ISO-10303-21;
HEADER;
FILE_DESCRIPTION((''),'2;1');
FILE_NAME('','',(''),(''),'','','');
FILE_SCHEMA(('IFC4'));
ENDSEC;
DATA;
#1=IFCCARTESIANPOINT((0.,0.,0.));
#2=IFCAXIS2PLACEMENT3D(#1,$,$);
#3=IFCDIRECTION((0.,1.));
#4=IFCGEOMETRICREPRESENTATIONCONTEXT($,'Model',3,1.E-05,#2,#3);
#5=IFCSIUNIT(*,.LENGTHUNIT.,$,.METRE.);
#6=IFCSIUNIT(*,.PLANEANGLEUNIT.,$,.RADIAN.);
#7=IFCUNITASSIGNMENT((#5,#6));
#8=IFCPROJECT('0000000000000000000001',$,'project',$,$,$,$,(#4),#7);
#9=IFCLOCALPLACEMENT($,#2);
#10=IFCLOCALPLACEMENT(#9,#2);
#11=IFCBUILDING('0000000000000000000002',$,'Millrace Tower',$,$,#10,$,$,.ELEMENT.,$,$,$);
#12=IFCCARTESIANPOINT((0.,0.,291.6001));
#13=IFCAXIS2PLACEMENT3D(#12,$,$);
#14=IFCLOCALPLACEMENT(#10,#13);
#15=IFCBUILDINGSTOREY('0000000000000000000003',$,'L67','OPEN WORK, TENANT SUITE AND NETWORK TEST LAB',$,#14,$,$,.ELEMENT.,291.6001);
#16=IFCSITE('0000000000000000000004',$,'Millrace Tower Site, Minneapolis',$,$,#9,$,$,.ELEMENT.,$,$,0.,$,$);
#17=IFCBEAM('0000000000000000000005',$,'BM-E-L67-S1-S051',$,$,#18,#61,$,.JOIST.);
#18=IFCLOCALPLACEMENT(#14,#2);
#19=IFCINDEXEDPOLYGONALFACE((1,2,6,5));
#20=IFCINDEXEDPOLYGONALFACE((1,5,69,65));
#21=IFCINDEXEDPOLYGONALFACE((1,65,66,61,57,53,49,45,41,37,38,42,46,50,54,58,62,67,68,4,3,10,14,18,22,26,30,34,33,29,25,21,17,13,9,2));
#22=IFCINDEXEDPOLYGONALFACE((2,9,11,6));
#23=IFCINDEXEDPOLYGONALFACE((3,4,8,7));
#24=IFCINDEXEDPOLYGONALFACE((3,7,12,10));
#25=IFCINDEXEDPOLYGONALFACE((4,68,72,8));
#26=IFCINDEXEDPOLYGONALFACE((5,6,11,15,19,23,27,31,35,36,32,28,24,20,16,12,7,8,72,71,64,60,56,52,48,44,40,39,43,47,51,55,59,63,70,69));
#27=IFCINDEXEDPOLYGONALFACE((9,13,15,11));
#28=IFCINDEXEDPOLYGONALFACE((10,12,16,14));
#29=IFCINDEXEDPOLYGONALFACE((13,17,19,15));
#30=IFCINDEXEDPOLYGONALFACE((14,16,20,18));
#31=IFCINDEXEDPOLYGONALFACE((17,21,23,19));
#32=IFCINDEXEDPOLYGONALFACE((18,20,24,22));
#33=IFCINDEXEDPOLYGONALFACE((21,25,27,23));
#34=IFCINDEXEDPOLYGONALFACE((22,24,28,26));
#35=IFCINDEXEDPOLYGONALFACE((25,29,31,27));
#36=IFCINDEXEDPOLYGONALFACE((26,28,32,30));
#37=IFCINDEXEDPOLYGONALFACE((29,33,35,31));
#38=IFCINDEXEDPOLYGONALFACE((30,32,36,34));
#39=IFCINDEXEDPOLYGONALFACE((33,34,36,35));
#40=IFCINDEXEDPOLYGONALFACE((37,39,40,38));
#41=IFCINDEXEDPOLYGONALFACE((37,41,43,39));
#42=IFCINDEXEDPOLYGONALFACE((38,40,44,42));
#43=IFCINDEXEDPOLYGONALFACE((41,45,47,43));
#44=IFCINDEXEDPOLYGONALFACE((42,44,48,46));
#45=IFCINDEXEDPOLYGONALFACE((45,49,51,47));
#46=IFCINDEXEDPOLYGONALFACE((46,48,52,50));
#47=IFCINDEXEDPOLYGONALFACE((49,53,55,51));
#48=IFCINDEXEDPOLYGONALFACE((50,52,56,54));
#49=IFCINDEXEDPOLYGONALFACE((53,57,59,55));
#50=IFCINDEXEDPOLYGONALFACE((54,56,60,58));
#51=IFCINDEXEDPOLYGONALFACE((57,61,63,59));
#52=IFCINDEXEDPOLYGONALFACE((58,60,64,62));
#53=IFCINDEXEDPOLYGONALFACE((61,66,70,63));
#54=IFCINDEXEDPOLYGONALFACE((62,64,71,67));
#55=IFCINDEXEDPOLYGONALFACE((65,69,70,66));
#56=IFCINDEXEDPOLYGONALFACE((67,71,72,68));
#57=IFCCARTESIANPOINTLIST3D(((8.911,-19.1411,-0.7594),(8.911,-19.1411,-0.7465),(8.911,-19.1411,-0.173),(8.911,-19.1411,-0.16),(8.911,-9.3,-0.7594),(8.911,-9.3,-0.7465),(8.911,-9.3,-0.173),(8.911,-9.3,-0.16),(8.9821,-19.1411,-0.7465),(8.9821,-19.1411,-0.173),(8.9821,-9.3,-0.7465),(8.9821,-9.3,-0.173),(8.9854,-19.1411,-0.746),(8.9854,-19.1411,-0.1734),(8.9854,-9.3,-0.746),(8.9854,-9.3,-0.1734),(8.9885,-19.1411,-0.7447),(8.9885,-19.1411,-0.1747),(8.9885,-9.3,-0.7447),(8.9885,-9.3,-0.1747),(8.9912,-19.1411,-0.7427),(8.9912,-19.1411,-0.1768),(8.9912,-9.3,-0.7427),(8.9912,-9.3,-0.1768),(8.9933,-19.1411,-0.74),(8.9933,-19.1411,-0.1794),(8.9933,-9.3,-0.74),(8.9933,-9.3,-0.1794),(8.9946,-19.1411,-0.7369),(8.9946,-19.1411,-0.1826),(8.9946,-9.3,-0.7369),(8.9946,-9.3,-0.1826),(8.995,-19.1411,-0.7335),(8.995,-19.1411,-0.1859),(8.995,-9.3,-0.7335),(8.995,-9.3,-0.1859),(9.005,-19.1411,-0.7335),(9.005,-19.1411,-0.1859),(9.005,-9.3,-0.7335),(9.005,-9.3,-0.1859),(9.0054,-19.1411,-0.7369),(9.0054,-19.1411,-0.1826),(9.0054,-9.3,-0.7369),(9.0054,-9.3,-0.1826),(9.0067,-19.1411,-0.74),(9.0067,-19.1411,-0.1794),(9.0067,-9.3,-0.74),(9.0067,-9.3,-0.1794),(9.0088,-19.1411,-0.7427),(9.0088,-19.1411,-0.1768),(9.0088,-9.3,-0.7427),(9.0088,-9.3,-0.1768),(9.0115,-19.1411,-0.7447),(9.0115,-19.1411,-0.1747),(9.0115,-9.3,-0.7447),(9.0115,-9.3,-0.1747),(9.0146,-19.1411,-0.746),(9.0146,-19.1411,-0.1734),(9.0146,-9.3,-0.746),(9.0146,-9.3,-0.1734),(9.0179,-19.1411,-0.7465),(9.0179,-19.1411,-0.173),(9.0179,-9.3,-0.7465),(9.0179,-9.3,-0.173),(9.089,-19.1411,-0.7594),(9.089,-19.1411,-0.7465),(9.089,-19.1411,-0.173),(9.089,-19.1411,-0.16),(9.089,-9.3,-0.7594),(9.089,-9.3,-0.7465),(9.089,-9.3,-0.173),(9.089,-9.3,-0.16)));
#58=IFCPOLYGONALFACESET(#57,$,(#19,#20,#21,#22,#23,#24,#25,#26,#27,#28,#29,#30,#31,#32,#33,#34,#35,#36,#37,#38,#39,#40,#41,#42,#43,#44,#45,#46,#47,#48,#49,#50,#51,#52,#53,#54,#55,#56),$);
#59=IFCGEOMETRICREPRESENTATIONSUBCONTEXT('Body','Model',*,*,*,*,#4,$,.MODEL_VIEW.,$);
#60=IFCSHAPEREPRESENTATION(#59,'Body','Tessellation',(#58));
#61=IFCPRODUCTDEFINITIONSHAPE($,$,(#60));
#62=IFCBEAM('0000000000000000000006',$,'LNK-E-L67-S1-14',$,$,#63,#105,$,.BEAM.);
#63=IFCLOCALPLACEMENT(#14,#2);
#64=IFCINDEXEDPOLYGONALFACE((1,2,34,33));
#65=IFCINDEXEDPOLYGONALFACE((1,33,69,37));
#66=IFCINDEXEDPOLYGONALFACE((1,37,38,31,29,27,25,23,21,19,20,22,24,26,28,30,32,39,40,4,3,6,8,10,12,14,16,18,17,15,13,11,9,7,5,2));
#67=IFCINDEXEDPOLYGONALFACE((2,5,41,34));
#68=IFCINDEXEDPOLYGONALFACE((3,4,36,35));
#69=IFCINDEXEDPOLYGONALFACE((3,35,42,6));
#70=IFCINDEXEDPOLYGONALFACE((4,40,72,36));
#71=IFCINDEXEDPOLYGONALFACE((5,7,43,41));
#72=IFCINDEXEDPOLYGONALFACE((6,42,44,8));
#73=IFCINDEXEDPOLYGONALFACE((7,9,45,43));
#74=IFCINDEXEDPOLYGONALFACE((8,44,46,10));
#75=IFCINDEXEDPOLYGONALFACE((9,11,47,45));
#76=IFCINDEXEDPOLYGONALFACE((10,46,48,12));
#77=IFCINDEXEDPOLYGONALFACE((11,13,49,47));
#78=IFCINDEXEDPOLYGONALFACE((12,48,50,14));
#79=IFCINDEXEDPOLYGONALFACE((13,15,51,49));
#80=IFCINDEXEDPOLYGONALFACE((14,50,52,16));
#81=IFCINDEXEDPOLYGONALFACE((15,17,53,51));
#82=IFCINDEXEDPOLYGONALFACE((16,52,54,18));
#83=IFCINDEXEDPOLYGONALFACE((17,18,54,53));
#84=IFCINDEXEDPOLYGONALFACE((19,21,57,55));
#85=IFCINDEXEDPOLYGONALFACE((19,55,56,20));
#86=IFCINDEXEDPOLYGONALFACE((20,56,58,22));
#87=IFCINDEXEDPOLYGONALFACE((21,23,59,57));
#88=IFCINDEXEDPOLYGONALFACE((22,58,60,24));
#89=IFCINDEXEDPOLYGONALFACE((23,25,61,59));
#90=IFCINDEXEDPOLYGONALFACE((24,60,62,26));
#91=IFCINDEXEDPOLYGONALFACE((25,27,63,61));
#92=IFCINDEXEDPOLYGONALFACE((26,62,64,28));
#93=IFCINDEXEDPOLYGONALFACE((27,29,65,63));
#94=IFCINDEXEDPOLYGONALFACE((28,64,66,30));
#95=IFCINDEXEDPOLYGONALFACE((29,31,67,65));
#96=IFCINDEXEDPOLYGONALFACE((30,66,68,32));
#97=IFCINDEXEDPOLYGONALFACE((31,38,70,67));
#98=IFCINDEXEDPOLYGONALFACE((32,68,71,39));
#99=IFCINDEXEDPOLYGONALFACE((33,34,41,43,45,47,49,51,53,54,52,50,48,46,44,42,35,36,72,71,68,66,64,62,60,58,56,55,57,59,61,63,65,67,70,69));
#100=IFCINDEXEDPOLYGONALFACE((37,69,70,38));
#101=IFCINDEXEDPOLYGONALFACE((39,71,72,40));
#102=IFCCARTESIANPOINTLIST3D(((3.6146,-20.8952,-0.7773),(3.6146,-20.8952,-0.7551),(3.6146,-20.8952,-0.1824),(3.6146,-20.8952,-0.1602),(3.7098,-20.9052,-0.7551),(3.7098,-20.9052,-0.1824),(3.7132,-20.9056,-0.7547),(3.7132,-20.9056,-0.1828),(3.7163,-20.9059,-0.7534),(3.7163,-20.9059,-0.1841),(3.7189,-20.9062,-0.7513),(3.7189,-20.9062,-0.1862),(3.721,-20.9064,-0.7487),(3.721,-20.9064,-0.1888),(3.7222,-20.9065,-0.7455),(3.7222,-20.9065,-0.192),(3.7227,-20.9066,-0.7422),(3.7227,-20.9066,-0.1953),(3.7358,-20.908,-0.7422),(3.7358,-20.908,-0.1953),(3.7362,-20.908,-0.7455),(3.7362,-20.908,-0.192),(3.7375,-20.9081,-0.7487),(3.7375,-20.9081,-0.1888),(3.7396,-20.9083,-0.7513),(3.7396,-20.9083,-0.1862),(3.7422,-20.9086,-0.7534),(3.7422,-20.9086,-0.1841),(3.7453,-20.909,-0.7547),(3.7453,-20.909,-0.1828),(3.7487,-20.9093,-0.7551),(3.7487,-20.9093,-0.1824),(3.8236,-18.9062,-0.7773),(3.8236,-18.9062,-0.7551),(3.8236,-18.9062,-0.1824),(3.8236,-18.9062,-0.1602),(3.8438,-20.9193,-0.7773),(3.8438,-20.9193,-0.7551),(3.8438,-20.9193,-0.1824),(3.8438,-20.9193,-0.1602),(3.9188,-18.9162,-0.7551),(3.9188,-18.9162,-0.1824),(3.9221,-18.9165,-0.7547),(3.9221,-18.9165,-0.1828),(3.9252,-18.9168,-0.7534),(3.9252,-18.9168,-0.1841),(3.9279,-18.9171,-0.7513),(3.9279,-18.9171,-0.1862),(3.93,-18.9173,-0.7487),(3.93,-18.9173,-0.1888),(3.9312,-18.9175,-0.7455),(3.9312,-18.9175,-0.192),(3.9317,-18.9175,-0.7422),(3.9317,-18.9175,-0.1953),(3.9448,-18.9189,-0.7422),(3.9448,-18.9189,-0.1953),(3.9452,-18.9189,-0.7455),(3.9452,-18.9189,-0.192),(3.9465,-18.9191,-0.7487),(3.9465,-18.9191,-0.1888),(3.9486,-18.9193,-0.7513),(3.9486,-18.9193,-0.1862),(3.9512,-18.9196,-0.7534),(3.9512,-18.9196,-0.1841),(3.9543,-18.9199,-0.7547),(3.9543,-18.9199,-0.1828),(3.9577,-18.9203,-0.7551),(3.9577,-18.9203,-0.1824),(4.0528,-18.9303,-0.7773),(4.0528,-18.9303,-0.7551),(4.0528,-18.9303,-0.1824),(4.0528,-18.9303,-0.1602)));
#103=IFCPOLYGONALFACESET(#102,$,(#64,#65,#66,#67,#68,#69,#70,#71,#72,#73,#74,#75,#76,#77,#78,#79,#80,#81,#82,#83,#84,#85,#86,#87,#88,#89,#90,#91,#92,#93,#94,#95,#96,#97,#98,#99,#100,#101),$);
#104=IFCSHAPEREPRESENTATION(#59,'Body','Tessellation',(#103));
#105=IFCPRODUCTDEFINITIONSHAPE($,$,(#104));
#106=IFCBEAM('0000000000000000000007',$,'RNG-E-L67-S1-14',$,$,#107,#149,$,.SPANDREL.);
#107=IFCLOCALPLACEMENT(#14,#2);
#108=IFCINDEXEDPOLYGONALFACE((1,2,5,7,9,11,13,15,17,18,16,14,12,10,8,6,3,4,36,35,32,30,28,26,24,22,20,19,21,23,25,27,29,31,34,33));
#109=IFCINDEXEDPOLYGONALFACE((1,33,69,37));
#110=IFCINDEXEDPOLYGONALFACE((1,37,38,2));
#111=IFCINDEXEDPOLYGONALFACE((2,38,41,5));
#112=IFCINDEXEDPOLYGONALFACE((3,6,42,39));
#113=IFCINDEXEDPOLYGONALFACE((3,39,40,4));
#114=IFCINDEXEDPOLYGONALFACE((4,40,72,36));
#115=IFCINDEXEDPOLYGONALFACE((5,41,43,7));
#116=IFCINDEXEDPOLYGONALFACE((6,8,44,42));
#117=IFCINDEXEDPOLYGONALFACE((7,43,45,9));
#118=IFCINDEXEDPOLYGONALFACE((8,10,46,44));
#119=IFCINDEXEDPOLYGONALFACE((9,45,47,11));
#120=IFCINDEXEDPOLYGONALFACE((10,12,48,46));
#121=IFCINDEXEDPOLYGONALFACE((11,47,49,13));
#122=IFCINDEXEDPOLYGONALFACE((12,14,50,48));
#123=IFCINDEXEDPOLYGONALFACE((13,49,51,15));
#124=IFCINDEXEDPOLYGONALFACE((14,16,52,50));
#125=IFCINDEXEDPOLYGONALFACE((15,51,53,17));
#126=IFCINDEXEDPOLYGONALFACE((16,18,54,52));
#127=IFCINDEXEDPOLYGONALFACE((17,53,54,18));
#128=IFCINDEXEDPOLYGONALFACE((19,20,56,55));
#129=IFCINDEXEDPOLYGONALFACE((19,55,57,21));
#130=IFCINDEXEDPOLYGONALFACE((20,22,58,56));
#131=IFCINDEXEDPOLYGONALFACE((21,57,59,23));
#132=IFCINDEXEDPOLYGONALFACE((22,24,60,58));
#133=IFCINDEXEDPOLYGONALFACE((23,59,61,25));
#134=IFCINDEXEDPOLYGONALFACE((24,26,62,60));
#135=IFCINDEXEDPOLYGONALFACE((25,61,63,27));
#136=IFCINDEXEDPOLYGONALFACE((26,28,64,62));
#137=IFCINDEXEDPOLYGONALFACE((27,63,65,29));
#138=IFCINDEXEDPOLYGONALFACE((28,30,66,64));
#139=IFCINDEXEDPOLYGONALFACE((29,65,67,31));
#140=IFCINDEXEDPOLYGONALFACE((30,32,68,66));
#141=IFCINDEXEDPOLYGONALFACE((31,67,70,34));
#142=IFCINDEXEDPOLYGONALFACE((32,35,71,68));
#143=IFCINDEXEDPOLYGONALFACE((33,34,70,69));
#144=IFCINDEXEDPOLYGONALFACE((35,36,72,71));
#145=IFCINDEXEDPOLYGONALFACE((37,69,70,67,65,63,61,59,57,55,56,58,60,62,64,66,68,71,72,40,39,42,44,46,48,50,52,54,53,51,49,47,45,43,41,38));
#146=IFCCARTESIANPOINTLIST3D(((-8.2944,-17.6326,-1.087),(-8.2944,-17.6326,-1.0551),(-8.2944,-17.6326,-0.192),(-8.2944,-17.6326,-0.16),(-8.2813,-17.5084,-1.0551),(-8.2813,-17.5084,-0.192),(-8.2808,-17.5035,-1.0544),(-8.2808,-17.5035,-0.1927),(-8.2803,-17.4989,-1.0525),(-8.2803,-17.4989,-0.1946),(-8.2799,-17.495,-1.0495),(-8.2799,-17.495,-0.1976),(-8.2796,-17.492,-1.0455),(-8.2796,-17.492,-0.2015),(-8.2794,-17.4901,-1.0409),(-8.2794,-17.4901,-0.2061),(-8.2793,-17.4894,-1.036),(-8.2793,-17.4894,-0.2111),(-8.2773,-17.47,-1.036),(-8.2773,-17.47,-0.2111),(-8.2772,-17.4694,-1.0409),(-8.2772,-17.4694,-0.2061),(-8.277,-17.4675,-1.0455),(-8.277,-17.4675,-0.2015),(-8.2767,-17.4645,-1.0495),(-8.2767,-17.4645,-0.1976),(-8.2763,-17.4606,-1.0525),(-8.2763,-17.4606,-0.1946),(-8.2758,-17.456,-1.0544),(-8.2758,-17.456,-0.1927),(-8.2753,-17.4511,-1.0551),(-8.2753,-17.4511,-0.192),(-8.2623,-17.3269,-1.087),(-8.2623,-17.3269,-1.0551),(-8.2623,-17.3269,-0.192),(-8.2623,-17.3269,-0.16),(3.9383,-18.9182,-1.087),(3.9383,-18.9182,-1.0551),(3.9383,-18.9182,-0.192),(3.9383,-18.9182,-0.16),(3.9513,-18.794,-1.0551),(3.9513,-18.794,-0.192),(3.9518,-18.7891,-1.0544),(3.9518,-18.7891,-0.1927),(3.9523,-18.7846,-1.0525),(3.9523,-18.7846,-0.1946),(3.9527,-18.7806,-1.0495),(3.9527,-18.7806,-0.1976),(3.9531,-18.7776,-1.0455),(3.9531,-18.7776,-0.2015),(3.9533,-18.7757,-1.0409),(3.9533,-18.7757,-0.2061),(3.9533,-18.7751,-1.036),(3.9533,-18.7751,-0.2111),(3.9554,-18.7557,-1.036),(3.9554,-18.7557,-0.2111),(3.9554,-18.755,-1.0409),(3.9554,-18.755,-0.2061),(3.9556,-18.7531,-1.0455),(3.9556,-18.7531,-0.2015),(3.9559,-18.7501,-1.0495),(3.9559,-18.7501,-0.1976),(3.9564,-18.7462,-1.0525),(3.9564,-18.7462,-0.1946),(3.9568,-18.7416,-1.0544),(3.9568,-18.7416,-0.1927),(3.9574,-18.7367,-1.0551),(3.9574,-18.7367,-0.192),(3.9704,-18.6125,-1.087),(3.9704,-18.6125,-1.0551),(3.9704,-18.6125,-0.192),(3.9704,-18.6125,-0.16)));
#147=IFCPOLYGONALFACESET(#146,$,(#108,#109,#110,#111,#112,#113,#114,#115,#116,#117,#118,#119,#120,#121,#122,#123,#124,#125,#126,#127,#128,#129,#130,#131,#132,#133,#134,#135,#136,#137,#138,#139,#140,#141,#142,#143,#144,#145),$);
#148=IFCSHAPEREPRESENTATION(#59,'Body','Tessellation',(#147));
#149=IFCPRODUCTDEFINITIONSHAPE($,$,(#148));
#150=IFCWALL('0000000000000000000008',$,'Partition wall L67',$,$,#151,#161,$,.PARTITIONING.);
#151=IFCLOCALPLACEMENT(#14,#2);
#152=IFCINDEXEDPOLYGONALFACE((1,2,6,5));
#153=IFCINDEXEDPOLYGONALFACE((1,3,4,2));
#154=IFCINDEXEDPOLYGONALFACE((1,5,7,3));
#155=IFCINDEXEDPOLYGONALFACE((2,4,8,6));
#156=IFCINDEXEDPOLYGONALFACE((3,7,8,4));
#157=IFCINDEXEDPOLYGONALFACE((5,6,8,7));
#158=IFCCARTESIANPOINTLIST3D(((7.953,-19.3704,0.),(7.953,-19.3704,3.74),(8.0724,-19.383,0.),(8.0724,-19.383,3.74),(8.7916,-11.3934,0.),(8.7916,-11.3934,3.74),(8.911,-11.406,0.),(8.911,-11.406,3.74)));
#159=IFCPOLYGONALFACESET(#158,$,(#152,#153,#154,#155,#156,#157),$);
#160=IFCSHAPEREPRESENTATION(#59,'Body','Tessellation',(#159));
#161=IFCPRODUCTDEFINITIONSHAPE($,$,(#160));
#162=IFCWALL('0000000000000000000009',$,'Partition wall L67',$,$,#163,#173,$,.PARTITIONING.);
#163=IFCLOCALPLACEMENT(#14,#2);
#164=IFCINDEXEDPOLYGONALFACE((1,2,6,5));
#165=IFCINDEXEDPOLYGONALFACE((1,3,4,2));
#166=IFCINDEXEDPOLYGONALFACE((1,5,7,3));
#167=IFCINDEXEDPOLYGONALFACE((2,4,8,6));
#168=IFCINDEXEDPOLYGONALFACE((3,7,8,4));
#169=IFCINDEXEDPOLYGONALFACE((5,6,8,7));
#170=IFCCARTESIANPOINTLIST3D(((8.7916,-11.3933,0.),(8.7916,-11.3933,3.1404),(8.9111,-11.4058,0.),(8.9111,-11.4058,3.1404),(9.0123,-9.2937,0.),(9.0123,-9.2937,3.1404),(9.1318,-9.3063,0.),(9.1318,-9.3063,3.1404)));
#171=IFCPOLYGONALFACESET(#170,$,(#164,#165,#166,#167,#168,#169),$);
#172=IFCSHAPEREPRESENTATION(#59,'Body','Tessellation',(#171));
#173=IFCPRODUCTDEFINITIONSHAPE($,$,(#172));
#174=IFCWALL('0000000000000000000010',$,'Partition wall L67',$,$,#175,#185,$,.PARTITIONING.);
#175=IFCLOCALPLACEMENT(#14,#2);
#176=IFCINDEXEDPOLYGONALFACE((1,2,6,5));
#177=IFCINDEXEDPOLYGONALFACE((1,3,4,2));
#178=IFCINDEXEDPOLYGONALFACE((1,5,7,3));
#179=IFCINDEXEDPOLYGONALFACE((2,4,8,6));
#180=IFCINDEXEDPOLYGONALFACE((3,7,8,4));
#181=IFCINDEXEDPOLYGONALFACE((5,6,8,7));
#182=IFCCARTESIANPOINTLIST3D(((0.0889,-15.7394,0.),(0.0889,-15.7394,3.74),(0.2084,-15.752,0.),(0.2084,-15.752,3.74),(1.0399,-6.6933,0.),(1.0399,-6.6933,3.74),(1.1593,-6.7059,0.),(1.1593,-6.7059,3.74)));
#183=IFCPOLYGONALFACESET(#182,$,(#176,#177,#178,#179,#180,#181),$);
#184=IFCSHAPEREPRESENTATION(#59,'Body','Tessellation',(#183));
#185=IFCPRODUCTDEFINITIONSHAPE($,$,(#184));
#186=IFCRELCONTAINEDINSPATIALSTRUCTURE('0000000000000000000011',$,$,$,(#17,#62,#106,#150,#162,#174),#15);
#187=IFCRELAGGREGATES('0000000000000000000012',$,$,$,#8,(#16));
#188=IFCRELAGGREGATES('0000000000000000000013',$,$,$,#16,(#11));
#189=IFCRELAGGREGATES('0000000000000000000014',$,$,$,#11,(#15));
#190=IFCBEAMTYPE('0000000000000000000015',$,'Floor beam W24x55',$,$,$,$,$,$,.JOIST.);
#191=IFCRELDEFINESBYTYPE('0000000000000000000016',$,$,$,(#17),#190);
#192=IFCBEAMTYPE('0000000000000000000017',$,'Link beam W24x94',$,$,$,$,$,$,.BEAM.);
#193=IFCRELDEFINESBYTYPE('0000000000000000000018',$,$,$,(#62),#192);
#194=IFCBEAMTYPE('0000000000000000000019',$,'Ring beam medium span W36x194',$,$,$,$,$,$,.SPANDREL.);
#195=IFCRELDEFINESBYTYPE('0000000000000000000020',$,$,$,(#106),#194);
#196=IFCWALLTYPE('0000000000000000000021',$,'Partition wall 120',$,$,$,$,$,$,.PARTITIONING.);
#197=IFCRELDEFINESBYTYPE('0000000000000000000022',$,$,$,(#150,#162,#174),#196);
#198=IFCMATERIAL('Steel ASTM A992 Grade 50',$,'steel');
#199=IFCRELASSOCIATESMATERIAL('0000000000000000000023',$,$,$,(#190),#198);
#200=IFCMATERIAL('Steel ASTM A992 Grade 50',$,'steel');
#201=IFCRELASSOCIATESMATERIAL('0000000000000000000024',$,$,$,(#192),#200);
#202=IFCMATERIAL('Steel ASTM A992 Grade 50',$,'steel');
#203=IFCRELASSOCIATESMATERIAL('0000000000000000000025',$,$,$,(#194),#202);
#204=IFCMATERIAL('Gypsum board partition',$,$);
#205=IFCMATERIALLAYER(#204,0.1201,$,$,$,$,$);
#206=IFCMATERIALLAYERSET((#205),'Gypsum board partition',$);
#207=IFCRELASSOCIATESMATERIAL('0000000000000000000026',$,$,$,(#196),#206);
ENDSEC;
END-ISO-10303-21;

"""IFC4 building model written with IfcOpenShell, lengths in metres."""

from ifc_helpers import new_model, si_unit, direction, frame, frame_2d, origin, origin_2d, place, context, subcontext, project, spatial, rectangle, i_section, extrude, material, layer, layer_set, material_profile, profile_set, type_object, element, save


model = new_model("IFC4")

# Units and contexts
model_context = context("Model", 3, precision=1e-05, world=origin(), true_north=direction((0.0, 1.0)))
body_context = subcontext(model_context, "Body", "Model", "MODEL_VIEW")
ifc_project = project(units=[si_unit("LENGTHUNIT", "METRE"), si_unit("PLANEANGLEUNIT", "RADIAN")], contexts=[model_context])

# Site, building, storey
site_placement = place(None, origin())
site = spatial("IfcSite", under=ifc_project, at=site_placement, Name="Millrace Tower Site, Minneapolis", CompositionType="ELEMENT", RefElevation=0.0)
building_placement = place(site_placement, origin())
building = spatial("IfcBuilding", under=site, at=building_placement, Name="Millrace Tower", CompositionType="ELEMENT")
storey_placement = place(building_placement, frame((0.0, 0.0, 291.6001)))
storey = spatial("IfcBuildingStorey", under=building, at=storey_placement, Name="L67", Description="OPEN WORK, TENANT SUITE AND NETWORK TEST LAB", CompositionType="ELEMENT", Elevation=291.6001)

# Beams
ifc_material_1 = material(Name="Steel ASTM A992 Grade 50", Category="steel")
ifc_material_profile_1 = material_profile(ifc_material_1, i_section(OverallWidth=0.178, OverallDepth=0.5994, WebThickness=0.01, FlangeThickness=0.0129, FilletRadius=0.0129, at=origin_2d()))
ifc_profile_set_1 = profile_set([ifc_material_profile_1], Name="Steel ASTM A992 Grade 50")
beam_type_1 = type_object("IfcBeamType", Name="Floor beam W24x55", PredefinedType="JOIST", material=ifc_profile_set_1)
beam_1_placement = place(storey_placement, frame((9.0, -19.1411, -0.4597), z_axis=(0.0, 1.0, 0.0), x_axis=(-1.0, 0.0, 0.0)))
element("IfcBeam", 1, at=beam_1_placement, inside=storey, type_object=beam_type_1, Name="BM-E-L67-S1-S051", PredefinedType="JOIST", context=body_context, shape_type="SweptSolid", body=[
    extrude(i_section(OverallWidth=0.178, OverallDepth=0.5994, WebThickness=0.01, FlangeThickness=0.0129, FilletRadius=0.0129, at=origin_2d()), origin(), (0.0, 0.0, 1.0), 9.8411),
])
ifc_material_2 = material(Name="Steel ASTM A992 Grade 50", Category="steel")
ifc_material_profile_2 = material_profile(ifc_material_2, i_section(OverallWidth=0.2305, OverallDepth=0.6172, WebThickness=0.0132, FlangeThickness=0.0222, FilletRadius=0.0129, at=origin_2d()))
ifc_profile_set_2 = profile_set([ifc_material_profile_2], Name="Steel ASTM A992 Grade 50")
beam_type_2 = type_object("IfcBeamType", Name="Link beam W24x94", PredefinedType="BEAM", material=ifc_profile_set_2)
beam_2_placement = place(storey_placement, frame((3.9382, -18.9182, -0.4688), z_axis=(-0.104494, -0.994526, 0.0), x_axis=(0.994526, -0.104494, 0.0)))
element("IfcBeam", 2, at=beam_2_placement, inside=storey, type_object=beam_type_2, Name="LNK-E-L67-S1-14", PredefinedType="BEAM", context=body_context, shape_type="SweptSolid", body=[
    extrude(i_section(OverallWidth=0.2305, OverallDepth=0.6172, WebThickness=0.0132, FlangeThickness=0.0222, FilletRadius=0.0129, at=origin_2d()), origin(), (0.0, 0.0, 1.0), 2.0),
])
ifc_material_3 = material(Name="Steel ASTM A992 Grade 50", Category="steel")
ifc_material_profile_3 = material_profile(ifc_material_3, i_section(OverallWidth=0.3074, OverallDepth=0.927, WebThickness=0.0195, FlangeThickness=0.032, FilletRadius=0.019, at=origin_2d()))
ifc_profile_set_3 = profile_set([ifc_material_profile_3], Name="Steel ASTM A992 Grade 50")
beam_type_3 = type_object("IfcBeamType", Name="Ring beam medium span W36x194", PredefinedType="SPANDREL", material=ifc_profile_set_3)
beam_3_placement = place(storey_placement, frame((3.9543, -18.7654, -0.6235), z_axis=(-0.994522, 0.104524, 0.0), x_axis=(-0.104524, -0.994522, 0.0)))
element("IfcBeam", 3, at=beam_3_placement, inside=storey, type_object=beam_type_3, Name="RNG-E-L67-S1-14", PredefinedType="SPANDREL", context=body_context, shape_type="SweptSolid", body=[
    extrude(i_section(OverallWidth=0.3074, OverallDepth=0.927, WebThickness=0.0195, FlangeThickness=0.032, FilletRadius=0.019, at=origin_2d()), origin(), (0.0, 0.0, 1.0), 12.3),
])

# Walls
ifc_material_4 = material(Name="Gypsum board partition")
ifc_layer_1 = layer(ifc_material_4, 0.1201)
ifc_layer_set_1 = layer_set([ifc_layer_1], Name="Gypsum board partition")
wall_type_1 = type_object("IfcWallType", Name="Partition wall 120", PredefinedType="PARTITIONING", material=ifc_layer_set_1)
wall_1_placement = place(storey_placement, frame((8.0127, -19.3767, 0.0), z_axis=(0.0, 0.0, 1.0), x_axis=(0.104553, 0.994519, 0.0)))
element("IfcWall", 4, at=wall_1_placement, inside=storey, type_object=wall_type_1, Name="Partition wall L67", PredefinedType="PARTITIONING", context=body_context, shape_type="SweptSolid", body=[
    extrude(rectangle(XDim=8.021, YDim=0.1201, at=frame_2d((4.0105, 0.0))), origin(), (0.0, 0.0, 1.0), 3.74),
])
wall_2_placement = place(storey_placement, frame((8.8513, -11.3997, 0.0), z_axis=(0.0, 0.0, 1.0), x_axis=(0.10454, 0.994521, 0.0)))
element("IfcWall", 5, at=wall_2_placement, inside=storey, type_object=wall_type_1, Name="Partition wall L67", PredefinedType="PARTITIONING", context=body_context, shape_type="SweptSolid", body=[
    extrude(rectangle(XDim=2.1111, YDim=0.1201, at=frame_2d((1.0557, 0.0))), origin(), (0.0, 0.0, 1.0), 3.1404),
])
wall_3_placement = place(storey_placement, frame((0.1487, -15.7456, 0.0), z_axis=(0.0, 0.0, 1.0), x_axis=(0.104544, 0.99452, 0.0)))
element("IfcWall", 6, at=wall_3_placement, inside=storey, type_object=wall_type_1, Name="Partition wall L67", PredefinedType="PARTITIONING", context=body_context, shape_type="SweptSolid", body=[
    extrude(rectangle(XDim=9.0959, YDim=0.1201, at=frame_2d((4.5479, 0.0))), origin(), (0.0, 0.0, 1.0), 3.74),
])

save(model, "model.ifc")
